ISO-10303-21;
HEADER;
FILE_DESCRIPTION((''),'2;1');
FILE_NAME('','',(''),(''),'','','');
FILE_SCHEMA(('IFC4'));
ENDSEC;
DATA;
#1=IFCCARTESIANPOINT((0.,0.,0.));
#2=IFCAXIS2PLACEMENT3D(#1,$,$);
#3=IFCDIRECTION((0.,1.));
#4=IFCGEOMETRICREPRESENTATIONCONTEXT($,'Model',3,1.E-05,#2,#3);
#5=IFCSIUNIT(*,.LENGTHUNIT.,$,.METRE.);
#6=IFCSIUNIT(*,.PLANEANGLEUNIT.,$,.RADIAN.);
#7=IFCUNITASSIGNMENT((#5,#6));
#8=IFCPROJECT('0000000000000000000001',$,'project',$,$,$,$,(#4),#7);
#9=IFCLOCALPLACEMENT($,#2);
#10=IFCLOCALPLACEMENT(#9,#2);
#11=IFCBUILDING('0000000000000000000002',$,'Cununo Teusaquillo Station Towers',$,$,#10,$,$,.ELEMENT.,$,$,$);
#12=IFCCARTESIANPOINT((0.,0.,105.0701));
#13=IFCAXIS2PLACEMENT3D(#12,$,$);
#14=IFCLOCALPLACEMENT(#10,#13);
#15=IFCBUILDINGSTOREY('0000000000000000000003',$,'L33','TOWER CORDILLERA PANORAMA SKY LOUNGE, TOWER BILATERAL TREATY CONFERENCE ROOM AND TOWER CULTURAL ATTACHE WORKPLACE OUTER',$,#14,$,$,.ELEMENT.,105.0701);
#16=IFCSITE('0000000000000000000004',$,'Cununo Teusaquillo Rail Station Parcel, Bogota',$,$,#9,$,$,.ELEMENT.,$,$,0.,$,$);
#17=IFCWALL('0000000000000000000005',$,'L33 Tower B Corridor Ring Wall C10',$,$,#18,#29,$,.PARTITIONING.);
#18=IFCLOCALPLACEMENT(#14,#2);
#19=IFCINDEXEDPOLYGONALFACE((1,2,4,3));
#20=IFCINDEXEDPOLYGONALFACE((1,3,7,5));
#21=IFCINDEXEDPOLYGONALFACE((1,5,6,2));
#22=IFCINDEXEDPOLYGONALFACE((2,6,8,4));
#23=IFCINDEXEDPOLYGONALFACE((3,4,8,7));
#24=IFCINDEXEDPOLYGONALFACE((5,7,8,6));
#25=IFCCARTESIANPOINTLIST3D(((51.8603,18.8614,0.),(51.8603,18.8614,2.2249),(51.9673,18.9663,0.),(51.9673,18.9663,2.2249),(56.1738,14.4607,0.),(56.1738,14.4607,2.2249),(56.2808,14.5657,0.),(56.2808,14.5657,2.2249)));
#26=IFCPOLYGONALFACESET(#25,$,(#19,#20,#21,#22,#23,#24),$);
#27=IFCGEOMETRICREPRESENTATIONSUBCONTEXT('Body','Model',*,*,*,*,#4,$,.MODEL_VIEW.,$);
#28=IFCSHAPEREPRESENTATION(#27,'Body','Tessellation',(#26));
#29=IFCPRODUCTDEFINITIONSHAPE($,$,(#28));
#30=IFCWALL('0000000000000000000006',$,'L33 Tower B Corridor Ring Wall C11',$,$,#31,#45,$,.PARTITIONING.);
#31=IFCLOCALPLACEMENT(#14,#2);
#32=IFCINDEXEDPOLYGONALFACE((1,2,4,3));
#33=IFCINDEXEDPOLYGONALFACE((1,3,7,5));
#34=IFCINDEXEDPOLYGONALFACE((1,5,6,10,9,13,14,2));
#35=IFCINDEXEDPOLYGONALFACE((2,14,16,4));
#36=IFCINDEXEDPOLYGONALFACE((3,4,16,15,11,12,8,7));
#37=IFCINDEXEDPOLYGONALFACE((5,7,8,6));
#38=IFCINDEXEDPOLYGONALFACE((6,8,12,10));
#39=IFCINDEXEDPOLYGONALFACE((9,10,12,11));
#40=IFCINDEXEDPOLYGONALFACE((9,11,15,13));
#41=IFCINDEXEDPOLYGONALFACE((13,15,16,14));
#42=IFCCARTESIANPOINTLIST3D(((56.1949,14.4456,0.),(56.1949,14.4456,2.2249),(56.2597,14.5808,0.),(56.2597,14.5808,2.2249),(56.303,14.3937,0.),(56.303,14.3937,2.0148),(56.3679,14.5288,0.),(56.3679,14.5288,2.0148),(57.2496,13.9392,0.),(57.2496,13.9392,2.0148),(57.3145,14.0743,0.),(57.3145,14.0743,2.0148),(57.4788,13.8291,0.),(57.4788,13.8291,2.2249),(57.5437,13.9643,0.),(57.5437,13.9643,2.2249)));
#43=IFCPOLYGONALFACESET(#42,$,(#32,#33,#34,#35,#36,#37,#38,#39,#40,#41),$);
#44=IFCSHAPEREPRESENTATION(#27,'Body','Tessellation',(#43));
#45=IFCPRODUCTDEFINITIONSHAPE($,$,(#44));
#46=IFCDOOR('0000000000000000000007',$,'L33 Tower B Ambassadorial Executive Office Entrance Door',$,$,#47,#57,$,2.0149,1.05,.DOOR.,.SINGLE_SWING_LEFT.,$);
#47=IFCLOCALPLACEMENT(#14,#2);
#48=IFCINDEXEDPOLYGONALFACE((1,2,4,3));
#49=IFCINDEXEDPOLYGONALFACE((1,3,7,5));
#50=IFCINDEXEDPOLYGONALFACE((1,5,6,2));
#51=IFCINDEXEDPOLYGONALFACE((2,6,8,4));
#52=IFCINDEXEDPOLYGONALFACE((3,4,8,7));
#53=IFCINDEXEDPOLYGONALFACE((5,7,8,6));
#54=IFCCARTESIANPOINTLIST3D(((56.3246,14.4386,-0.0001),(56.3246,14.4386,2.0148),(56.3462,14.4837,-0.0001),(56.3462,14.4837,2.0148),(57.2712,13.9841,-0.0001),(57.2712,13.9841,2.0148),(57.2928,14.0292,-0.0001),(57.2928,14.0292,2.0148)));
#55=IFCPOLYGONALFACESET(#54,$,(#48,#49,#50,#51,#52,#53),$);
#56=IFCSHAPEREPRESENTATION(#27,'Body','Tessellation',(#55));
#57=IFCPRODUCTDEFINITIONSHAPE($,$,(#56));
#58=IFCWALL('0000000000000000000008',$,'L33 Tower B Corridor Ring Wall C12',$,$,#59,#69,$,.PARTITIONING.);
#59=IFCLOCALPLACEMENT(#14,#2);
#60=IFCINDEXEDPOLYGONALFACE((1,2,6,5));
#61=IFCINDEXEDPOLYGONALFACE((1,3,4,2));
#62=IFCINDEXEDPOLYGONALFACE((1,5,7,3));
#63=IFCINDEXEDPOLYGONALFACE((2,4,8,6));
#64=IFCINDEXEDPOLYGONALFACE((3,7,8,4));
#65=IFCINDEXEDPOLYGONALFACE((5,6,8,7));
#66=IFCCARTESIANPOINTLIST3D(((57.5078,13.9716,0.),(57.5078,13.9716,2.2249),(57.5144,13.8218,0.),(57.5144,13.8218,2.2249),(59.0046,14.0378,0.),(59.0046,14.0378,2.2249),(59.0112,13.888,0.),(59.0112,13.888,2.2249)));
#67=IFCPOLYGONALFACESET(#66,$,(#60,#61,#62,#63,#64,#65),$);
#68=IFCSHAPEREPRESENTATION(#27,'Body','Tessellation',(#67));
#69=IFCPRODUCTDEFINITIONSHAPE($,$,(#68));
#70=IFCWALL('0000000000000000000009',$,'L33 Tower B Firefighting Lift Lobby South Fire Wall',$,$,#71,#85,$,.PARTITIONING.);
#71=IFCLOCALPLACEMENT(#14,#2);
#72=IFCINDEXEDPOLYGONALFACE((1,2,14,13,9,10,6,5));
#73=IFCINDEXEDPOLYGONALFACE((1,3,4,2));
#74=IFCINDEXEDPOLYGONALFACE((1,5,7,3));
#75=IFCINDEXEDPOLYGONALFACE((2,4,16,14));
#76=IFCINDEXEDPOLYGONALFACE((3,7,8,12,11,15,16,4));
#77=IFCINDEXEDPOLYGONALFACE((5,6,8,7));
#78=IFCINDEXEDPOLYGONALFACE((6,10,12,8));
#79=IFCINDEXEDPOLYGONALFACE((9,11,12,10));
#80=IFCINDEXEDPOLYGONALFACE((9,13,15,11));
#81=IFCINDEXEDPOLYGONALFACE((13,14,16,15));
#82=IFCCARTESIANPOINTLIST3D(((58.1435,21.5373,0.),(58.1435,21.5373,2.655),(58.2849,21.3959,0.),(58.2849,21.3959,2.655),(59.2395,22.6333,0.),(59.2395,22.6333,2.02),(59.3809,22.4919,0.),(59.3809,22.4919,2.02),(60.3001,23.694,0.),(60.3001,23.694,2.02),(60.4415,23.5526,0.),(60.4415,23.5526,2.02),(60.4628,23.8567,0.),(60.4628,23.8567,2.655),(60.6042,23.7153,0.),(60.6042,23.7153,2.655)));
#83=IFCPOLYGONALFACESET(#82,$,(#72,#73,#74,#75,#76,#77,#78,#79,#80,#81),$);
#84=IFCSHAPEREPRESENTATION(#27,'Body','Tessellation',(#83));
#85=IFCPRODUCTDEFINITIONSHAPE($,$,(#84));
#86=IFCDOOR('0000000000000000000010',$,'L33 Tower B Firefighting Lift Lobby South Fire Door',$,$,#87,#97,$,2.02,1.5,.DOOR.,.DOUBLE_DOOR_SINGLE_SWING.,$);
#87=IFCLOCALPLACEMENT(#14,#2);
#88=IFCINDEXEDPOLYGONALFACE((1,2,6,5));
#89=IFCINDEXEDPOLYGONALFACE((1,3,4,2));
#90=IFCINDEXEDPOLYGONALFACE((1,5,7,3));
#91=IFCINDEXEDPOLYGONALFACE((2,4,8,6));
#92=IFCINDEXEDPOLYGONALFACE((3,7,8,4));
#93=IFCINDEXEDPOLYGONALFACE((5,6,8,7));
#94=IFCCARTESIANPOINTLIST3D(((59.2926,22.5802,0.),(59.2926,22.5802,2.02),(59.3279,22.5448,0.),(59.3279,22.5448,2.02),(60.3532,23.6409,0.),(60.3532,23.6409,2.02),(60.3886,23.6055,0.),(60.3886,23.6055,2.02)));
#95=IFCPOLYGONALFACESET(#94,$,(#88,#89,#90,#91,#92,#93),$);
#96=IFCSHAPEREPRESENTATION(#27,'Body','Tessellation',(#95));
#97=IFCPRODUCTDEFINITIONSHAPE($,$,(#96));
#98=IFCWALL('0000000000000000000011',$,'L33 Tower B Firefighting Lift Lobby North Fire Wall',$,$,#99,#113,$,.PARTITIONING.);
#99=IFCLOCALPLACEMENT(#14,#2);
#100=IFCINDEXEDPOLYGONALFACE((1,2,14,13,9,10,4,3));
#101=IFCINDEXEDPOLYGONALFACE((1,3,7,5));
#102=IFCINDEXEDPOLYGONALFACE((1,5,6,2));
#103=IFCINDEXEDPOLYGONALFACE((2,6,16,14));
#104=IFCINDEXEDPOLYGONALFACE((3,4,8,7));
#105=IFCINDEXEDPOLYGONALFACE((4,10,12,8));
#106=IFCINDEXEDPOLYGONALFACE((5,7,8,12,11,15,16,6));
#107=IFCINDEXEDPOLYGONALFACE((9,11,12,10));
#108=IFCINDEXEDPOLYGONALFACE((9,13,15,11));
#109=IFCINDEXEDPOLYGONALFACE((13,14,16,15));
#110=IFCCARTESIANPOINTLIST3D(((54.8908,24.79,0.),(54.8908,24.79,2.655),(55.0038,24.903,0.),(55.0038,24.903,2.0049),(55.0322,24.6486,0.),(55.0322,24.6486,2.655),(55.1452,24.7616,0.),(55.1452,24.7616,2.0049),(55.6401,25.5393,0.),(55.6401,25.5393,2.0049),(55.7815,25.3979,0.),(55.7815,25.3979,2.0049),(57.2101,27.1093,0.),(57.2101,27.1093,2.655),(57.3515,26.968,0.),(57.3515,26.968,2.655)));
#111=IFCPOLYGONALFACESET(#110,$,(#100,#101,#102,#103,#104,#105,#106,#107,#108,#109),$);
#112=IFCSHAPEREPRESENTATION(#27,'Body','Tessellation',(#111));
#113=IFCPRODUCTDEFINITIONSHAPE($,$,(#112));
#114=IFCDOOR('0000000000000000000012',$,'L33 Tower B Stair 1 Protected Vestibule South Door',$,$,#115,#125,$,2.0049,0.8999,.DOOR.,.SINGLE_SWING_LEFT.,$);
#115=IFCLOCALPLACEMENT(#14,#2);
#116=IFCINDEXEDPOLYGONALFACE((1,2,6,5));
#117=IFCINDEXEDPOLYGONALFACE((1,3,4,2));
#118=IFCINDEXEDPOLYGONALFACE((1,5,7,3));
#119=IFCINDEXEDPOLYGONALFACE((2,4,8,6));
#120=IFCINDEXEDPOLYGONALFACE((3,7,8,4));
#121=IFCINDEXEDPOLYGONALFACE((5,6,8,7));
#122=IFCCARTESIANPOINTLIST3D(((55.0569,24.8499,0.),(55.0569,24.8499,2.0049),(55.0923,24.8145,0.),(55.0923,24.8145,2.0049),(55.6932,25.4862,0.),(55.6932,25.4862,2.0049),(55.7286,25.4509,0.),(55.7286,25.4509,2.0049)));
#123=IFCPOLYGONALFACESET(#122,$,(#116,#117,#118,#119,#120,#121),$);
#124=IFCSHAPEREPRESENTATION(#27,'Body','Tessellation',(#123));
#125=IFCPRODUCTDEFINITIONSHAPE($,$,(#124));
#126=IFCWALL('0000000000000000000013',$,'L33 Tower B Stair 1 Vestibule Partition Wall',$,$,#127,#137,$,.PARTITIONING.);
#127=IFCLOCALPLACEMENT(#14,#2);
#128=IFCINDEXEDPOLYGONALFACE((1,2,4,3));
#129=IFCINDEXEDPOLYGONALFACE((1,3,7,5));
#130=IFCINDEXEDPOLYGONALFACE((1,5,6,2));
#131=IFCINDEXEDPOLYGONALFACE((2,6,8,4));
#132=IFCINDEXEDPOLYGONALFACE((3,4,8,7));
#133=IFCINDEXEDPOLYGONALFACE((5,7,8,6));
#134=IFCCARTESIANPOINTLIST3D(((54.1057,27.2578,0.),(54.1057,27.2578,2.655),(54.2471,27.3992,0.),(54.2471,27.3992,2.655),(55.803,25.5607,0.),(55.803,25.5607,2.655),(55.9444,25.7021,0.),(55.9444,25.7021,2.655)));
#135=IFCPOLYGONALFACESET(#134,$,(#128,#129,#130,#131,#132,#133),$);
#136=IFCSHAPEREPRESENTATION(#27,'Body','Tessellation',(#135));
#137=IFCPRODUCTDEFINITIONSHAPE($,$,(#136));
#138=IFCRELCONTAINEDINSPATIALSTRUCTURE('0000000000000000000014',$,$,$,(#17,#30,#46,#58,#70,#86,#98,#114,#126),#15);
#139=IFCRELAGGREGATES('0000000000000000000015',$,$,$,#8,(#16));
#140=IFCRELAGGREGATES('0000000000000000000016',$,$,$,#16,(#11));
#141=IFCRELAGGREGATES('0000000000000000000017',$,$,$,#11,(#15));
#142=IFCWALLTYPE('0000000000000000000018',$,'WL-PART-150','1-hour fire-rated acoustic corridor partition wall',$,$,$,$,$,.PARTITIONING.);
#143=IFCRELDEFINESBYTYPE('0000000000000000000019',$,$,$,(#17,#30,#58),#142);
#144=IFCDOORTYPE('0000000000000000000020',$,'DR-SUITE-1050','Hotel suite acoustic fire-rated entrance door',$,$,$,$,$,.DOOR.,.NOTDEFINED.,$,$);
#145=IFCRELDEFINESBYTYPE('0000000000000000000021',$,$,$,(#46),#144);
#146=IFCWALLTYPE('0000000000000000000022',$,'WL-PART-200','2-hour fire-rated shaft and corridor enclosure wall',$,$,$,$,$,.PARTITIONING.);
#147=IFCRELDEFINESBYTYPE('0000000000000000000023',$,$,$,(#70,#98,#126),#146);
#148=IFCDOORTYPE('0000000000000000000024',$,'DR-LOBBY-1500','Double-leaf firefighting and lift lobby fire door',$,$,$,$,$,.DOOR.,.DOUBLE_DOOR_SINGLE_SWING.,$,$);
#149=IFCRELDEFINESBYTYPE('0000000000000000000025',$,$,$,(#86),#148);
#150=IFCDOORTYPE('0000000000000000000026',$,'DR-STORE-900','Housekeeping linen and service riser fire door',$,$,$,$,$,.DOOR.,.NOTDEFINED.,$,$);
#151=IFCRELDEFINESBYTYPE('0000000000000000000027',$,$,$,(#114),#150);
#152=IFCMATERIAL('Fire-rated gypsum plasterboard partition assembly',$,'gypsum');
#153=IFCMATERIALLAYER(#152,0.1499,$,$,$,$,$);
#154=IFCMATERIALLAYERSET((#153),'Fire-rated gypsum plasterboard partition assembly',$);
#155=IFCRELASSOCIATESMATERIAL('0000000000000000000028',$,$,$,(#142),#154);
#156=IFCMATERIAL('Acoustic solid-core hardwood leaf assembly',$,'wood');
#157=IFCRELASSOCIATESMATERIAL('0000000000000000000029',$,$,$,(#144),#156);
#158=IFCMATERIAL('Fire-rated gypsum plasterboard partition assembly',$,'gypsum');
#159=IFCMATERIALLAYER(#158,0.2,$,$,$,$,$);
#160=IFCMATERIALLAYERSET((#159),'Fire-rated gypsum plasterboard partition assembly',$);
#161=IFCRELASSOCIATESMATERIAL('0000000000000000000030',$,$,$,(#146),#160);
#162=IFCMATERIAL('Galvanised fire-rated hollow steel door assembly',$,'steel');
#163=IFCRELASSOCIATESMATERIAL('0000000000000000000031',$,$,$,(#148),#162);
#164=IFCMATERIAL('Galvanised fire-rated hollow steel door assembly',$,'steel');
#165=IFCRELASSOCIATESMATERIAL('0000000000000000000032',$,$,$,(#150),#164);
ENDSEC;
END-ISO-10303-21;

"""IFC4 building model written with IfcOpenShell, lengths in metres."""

from ifc_helpers import new_model, si_unit, direction, frame, frame_2d, origin, place, context, subcontext, project, spatial, rectangle, extrude, source, transform, mapped, material, layer, layer_set, type_object, element, fill, save


model = new_model("IFC4")

# Units and contexts
model_context = context("Model", 3, precision=1e-05, world=origin(), true_north=direction((0.0, 1.0)))
body_context = subcontext(model_context, "Body", "Model", "MODEL_VIEW")
ifc_project = project(units=[si_unit("LENGTHUNIT", "METRE"), si_unit("PLANEANGLEUNIT", "RADIAN")], contexts=[model_context])

# Site, building, storey
site_placement = place(None, origin())
site = spatial("IfcSite", under=ifc_project, at=site_placement, Name="Cununo Teusaquillo Rail Station Parcel, Bogota", CompositionType="ELEMENT", RefElevation=0.0)
building_placement = place(site_placement, origin())
building = spatial("IfcBuilding", under=site, at=building_placement, Name="Cununo Teusaquillo Station Towers", CompositionType="ELEMENT")
storey_placement = place(building_placement, frame((0.0, 0.0, 105.0701)))
storey = spatial("IfcBuildingStorey", under=building, at=storey_placement, Name="L33", Description="TOWER CORDILLERA PANORAMA SKY LOUNGE, TOWER BILATERAL TREATY CONFERENCE ROOM AND TOWER CULTURAL ATTACHE WORKPLACE OUTER", CompositionType="ELEMENT", Elevation=105.0701)

# Wall
ifc_material_1 = material(Name="Fire-rated gypsum plasterboard partition assembly", Category="gypsum")
ifc_layer_1 = layer(ifc_material_1, 0.1499)
ifc_layer_set_1 = layer_set([ifc_layer_1], Name="Fire-rated gypsum plasterboard partition assembly")
wall_type_1 = type_object("IfcWallType", Name="WL-PART-150", Description="1-hour fire-rated acoustic corridor partition wall", PredefinedType="PARTITIONING", material=ifc_layer_set_1)
wall_1_placement = place(storey_placement, frame((51.9138, 18.9138, 0.0), z_axis=(0.0, 0.0, 1.0), x_axis=(0.699999, -0.714144, 0.0)))
element("IfcWall", 1, at=wall_1_placement, inside=storey, type_object=wall_type_1, Name="L33 Tower B Corridor Ring Wall C10", PredefinedType="PARTITIONING", context=body_context, shape_type="SweptSolid", body=[
    extrude(rectangle(XDim=6.1621, YDim=0.1499, at=frame_2d((3.0811, 0.0))), origin(), (0.0, 0.0, 1.0), 2.2249),
])

# Wall, opening, door
wall_2_placement = place(storey_placement, frame((56.2273, 14.5132, 0.0), z_axis=(0.0, 0.0, 1.0), x_axis=(0.901478, -0.432826, 0.0)))
wall_2 = element("IfcWall", 2, at=wall_2_placement, inside=storey, type_object=wall_type_1, Name="L33 Tower B Corridor Ring Wall C11", PredefinedType="PARTITIONING", context=body_context, shape_type="SweptSolid", body=[
    extrude(rectangle(XDim=1.4243, YDim=0.1499, at=frame_2d((0.7122, 0.0))), origin(), (0.0, 0.0, 1.0), 2.2249),
])
shared_shape_1 = source(origin(), body_context, "Body", "SweptSolid", [
    extrude(rectangle(XDim=1.05, YDim=2.0149, at=frame_2d((0.5249, 1.0073))), frame((0.0, 0.085, 0.0), z_axis=(0.0, -1.0, 0.0), x_axis=(1.0, 0.0, 0.0)), (0.0, 0.0, 1.0), 0.1699),
])
opening_1_placement = place(wall_2_placement, frame((0.1201, 0.0, 0.0)))
opening_1 = element("IfcOpeningElement", 3, at=opening_1_placement, cuts=wall_2, PredefinedType="OPENING", context=body_context, shape_type="MappedRepresentation", body=[
    mapped(shared_shape_1, transform((0.0, 0.0, 0.0), x_axis=(1.0, 0.0, 0.0), y_axis=(0.0, 1.0, 0.0), z_axis=(0.0, 0.0, 1.0), scale=1.0)),
])
ifc_material_2 = material(Name="Acoustic solid-core hardwood leaf assembly", Category="wood")
door_type_1 = type_object("IfcDoorType", Name="DR-SUITE-1050", Description="Hotel suite acoustic fire-rated entrance door", OperationType="NOTDEFINED", PredefinedType="DOOR", material=ifc_material_2)
shared_shape_2 = source(origin(), body_context, "Body", "SweptSolid", [
    extrude(rectangle(XDim=1.05, YDim=2.0149, at=frame_2d((0.5249, 1.0073))), frame((0.0, 0.0249, 0.0), z_axis=(0.0, -1.0, 0.0), x_axis=(1.0, 0.0, 0.0)), (0.0, 0.0, 1.0), 0.05),
])
door_1_placement = place(opening_1_placement, origin())
door_1 = element("IfcDoor", 4, at=door_1_placement, inside=storey, type_object=door_type_1, Name="L33 Tower B Ambassadorial Executive Office Entrance Door", OperationType="SINGLE_SWING_LEFT", OverallHeight=2.0149, OverallWidth=1.05, PredefinedType="DOOR", context=body_context, shape_type="MappedRepresentation", body=[
    mapped(shared_shape_2, transform((0.0, 0.0, 0.0), x_axis=(1.0, 0.0, 0.0), y_axis=(0.0, 1.0, 0.0), z_axis=(0.0, 0.0, 1.0), scale=1.0)),
])
fill(opening_1, door_1)

# Wall
wall_3_placement = place(storey_placement, frame((57.5112, 13.8967, 0.0), z_axis=(0.0, 0.0, 1.0), x_axis=(0.999025, 0.044158, 0.0)))
element("IfcWall", 5, at=wall_3_placement, inside=storey, type_object=wall_type_1, Name="L33 Tower B Corridor Ring Wall C12", PredefinedType="PARTITIONING", context=body_context, shape_type="SweptSolid", body=[
    extrude(rectangle(XDim=1.4983, YDim=0.1499, at=frame_2d((0.749, 0.0))), origin(), (0.0, 0.0, 1.0), 2.2249),
])

# Walls, openings, doors
ifc_material_3 = material(Name="Fire-rated gypsum plasterboard partition assembly", Category="gypsum")
ifc_layer_2 = layer(ifc_material_3, 0.2)
ifc_layer_set_2 = layer_set([ifc_layer_2], Name="Fire-rated gypsum plasterboard partition assembly")
wall_type_2 = type_object("IfcWallType", Name="WL-PART-200", Description="2-hour fire-rated shaft and corridor enclosure wall", PredefinedType="PARTITIONING", material=ifc_layer_set_2)
wall_4_placement = place(storey_placement, frame((58.2141, 21.4666, 0.0), z_axis=(0.0, 0.0, 1.0), x_axis=(0.707107, 0.707107, 0.0)))
wall_4 = element("IfcWall", 6, at=wall_4_placement, inside=storey, type_object=wall_type_2, Name="L33 Tower B Firefighting Lift Lobby South Fire Wall", PredefinedType="PARTITIONING", context=body_context, shape_type="SweptSolid", body=[
    extrude(rectangle(XDim=3.28, YDim=0.2, at=frame_2d((1.6401, 0.0))), origin(), (0.0, 0.0, 1.0), 2.655),
])
shared_shape_3 = source(origin(), body_context, "Body", "SweptSolid", [
    extrude(rectangle(XDim=1.5, YDim=2.02, at=frame_2d((0.75, 1.01))), frame((0.0, 0.1099, 0.0), z_axis=(0.0, -1.0, 0.0), x_axis=(1.0, 0.0, 0.0)), (0.0, 0.0, 1.0), 0.22),
])
opening_2_placement = place(wall_4_placement, frame((1.55, 0.0, 0.0)))
opening_2 = element("IfcOpeningElement", 7, at=opening_2_placement, cuts=wall_4, PredefinedType="OPENING", context=body_context, shape_type="MappedRepresentation", body=[
    mapped(shared_shape_3, transform((0.0, 0.0, 0.0), x_axis=(1.0, 0.0, 0.0), y_axis=(0.0, 1.0, 0.0), z_axis=(0.0, 0.0, 1.0), scale=1.0)),
])
ifc_material_4 = material(Name="Galvanised fire-rated hollow steel door assembly", Category="steel")
door_type_2 = type_object("IfcDoorType", Name="DR-LOBBY-1500", Description="Double-leaf firefighting and lift lobby fire door", OperationType="DOUBLE_DOOR_SINGLE_SWING", PredefinedType="DOOR", material=ifc_material_4)
shared_shape_4 = source(origin(), body_context, "Body", "SweptSolid", [
    extrude(rectangle(XDim=1.5, YDim=2.02, at=frame_2d((0.75, 1.01))), frame((0.0, 0.0249, 0.0), z_axis=(0.0, -1.0, 0.0), x_axis=(1.0, 0.0, 0.0)), (0.0, 0.0, 1.0), 0.05),
])
door_2_placement = place(opening_2_placement, origin())
door_2 = element("IfcDoor", 8, at=door_2_placement, inside=storey, type_object=door_type_2, Name="L33 Tower B Firefighting Lift Lobby South Fire Door", OperationType="DOUBLE_DOOR_SINGLE_SWING", OverallHeight=2.02, OverallWidth=1.5, PredefinedType="DOOR", context=body_context, shape_type="MappedRepresentation", body=[
    mapped(shared_shape_4, transform((0.0, 0.0, 0.0), x_axis=(1.0, 0.0, 0.0), y_axis=(0.0, 1.0, 0.0), z_axis=(0.0, 0.0, 1.0), scale=1.0)),
])
fill(opening_2, door_2)
wall_5_placement = place(storey_placement, frame((54.9614, 24.7192, 0.0), z_axis=(0.0, 0.0, 1.0), x_axis=(0.707107, 0.707107, 0.0)))
wall_5 = element("IfcWall", 9, at=wall_5_placement, inside=storey, type_object=wall_type_2, Name="L33 Tower B Firefighting Lift Lobby North Fire Wall", PredefinedType="PARTITIONING", context=body_context, shape_type="SweptSolid", body=[
    extrude(rectangle(XDim=3.28, YDim=0.2, at=frame_2d((1.6401, 0.0))), origin(), (0.0, 0.0, 1.0), 2.655),
])
shared_shape_5 = source(origin(), body_context, "Body", "SweptSolid", [
    extrude(rectangle(XDim=0.8999, YDim=2.0049, at=frame_2d((0.45, 1.0024))), frame((0.0, 0.1099, 0.0), z_axis=(0.0, -1.0, 0.0), x_axis=(1.0, 0.0, 0.0)), (0.0, 0.0, 1.0), 0.22),
])
opening_3_placement = place(wall_5_placement, frame((0.1599, 0.0, 0.0)))
opening_3 = element("IfcOpeningElement", 10, at=opening_3_placement, cuts=wall_5, PredefinedType="OPENING", context=body_context, shape_type="MappedRepresentation", body=[
    mapped(shared_shape_5, transform((0.0, 0.0, 0.0), x_axis=(1.0, 0.0, 0.0), y_axis=(0.0, 1.0, 0.0), z_axis=(0.0, 0.0, 1.0), scale=1.0)),
])
ifc_material_5 = material(Name="Galvanised fire-rated hollow steel door assembly", Category="steel")
door_type_3 = type_object("IfcDoorType", Name="DR-STORE-900", Description="Housekeeping linen and service riser fire door", OperationType="NOTDEFINED", PredefinedType="DOOR", material=ifc_material_5)
shared_shape_6 = source(origin(), body_context, "Body", "SweptSolid", [
    extrude(rectangle(XDim=0.8999, YDim=2.0049, at=frame_2d((0.45, 1.0024))), frame((0.0, 0.0249, 0.0), z_axis=(0.0, -1.0, 0.0), x_axis=(1.0, 0.0, 0.0)), (0.0, 0.0, 1.0), 0.05),
])
door_3_placement = place(opening_3_placement, origin())
door_3 = element("IfcDoor", 11, at=door_3_placement, inside=storey, type_object=door_type_3, Name="L33 Tower B Stair 1 Protected Vestibule South Door", OperationType="SINGLE_SWING_LEFT", OverallHeight=2.0049, OverallWidth=0.8999, PredefinedType="DOOR", context=body_context, shape_type="MappedRepresentation", body=[
    mapped(shared_shape_6, transform((0.0, 0.0, 0.0), x_axis=(1.0, 0.0, 0.0), y_axis=(0.0, 1.0, 0.0), z_axis=(0.0, 0.0, 1.0), scale=1.0)),
])
fill(opening_3, door_3)

# Wall
wall_6_placement = place(storey_placement, frame((55.8738, 25.6313, 0.0), z_axis=(0.0, 0.0, 1.0), x_axis=(-0.707158, 0.707056, 0.0)))
element("IfcWall", 12, at=wall_6_placement, inside=storey, type_object=wall_type_2, Name="L33 Tower B Stair 1 Vestibule Partition Wall", PredefinedType="PARTITIONING", context=body_context, shape_type="SweptSolid", body=[
    extrude(rectangle(XDim=2.4001, YDim=0.2, at=frame_2d((1.2002, 0.0))), origin(), (0.0, 0.0, 1.0), 2.655),
])

save(model, "model.ifc")
